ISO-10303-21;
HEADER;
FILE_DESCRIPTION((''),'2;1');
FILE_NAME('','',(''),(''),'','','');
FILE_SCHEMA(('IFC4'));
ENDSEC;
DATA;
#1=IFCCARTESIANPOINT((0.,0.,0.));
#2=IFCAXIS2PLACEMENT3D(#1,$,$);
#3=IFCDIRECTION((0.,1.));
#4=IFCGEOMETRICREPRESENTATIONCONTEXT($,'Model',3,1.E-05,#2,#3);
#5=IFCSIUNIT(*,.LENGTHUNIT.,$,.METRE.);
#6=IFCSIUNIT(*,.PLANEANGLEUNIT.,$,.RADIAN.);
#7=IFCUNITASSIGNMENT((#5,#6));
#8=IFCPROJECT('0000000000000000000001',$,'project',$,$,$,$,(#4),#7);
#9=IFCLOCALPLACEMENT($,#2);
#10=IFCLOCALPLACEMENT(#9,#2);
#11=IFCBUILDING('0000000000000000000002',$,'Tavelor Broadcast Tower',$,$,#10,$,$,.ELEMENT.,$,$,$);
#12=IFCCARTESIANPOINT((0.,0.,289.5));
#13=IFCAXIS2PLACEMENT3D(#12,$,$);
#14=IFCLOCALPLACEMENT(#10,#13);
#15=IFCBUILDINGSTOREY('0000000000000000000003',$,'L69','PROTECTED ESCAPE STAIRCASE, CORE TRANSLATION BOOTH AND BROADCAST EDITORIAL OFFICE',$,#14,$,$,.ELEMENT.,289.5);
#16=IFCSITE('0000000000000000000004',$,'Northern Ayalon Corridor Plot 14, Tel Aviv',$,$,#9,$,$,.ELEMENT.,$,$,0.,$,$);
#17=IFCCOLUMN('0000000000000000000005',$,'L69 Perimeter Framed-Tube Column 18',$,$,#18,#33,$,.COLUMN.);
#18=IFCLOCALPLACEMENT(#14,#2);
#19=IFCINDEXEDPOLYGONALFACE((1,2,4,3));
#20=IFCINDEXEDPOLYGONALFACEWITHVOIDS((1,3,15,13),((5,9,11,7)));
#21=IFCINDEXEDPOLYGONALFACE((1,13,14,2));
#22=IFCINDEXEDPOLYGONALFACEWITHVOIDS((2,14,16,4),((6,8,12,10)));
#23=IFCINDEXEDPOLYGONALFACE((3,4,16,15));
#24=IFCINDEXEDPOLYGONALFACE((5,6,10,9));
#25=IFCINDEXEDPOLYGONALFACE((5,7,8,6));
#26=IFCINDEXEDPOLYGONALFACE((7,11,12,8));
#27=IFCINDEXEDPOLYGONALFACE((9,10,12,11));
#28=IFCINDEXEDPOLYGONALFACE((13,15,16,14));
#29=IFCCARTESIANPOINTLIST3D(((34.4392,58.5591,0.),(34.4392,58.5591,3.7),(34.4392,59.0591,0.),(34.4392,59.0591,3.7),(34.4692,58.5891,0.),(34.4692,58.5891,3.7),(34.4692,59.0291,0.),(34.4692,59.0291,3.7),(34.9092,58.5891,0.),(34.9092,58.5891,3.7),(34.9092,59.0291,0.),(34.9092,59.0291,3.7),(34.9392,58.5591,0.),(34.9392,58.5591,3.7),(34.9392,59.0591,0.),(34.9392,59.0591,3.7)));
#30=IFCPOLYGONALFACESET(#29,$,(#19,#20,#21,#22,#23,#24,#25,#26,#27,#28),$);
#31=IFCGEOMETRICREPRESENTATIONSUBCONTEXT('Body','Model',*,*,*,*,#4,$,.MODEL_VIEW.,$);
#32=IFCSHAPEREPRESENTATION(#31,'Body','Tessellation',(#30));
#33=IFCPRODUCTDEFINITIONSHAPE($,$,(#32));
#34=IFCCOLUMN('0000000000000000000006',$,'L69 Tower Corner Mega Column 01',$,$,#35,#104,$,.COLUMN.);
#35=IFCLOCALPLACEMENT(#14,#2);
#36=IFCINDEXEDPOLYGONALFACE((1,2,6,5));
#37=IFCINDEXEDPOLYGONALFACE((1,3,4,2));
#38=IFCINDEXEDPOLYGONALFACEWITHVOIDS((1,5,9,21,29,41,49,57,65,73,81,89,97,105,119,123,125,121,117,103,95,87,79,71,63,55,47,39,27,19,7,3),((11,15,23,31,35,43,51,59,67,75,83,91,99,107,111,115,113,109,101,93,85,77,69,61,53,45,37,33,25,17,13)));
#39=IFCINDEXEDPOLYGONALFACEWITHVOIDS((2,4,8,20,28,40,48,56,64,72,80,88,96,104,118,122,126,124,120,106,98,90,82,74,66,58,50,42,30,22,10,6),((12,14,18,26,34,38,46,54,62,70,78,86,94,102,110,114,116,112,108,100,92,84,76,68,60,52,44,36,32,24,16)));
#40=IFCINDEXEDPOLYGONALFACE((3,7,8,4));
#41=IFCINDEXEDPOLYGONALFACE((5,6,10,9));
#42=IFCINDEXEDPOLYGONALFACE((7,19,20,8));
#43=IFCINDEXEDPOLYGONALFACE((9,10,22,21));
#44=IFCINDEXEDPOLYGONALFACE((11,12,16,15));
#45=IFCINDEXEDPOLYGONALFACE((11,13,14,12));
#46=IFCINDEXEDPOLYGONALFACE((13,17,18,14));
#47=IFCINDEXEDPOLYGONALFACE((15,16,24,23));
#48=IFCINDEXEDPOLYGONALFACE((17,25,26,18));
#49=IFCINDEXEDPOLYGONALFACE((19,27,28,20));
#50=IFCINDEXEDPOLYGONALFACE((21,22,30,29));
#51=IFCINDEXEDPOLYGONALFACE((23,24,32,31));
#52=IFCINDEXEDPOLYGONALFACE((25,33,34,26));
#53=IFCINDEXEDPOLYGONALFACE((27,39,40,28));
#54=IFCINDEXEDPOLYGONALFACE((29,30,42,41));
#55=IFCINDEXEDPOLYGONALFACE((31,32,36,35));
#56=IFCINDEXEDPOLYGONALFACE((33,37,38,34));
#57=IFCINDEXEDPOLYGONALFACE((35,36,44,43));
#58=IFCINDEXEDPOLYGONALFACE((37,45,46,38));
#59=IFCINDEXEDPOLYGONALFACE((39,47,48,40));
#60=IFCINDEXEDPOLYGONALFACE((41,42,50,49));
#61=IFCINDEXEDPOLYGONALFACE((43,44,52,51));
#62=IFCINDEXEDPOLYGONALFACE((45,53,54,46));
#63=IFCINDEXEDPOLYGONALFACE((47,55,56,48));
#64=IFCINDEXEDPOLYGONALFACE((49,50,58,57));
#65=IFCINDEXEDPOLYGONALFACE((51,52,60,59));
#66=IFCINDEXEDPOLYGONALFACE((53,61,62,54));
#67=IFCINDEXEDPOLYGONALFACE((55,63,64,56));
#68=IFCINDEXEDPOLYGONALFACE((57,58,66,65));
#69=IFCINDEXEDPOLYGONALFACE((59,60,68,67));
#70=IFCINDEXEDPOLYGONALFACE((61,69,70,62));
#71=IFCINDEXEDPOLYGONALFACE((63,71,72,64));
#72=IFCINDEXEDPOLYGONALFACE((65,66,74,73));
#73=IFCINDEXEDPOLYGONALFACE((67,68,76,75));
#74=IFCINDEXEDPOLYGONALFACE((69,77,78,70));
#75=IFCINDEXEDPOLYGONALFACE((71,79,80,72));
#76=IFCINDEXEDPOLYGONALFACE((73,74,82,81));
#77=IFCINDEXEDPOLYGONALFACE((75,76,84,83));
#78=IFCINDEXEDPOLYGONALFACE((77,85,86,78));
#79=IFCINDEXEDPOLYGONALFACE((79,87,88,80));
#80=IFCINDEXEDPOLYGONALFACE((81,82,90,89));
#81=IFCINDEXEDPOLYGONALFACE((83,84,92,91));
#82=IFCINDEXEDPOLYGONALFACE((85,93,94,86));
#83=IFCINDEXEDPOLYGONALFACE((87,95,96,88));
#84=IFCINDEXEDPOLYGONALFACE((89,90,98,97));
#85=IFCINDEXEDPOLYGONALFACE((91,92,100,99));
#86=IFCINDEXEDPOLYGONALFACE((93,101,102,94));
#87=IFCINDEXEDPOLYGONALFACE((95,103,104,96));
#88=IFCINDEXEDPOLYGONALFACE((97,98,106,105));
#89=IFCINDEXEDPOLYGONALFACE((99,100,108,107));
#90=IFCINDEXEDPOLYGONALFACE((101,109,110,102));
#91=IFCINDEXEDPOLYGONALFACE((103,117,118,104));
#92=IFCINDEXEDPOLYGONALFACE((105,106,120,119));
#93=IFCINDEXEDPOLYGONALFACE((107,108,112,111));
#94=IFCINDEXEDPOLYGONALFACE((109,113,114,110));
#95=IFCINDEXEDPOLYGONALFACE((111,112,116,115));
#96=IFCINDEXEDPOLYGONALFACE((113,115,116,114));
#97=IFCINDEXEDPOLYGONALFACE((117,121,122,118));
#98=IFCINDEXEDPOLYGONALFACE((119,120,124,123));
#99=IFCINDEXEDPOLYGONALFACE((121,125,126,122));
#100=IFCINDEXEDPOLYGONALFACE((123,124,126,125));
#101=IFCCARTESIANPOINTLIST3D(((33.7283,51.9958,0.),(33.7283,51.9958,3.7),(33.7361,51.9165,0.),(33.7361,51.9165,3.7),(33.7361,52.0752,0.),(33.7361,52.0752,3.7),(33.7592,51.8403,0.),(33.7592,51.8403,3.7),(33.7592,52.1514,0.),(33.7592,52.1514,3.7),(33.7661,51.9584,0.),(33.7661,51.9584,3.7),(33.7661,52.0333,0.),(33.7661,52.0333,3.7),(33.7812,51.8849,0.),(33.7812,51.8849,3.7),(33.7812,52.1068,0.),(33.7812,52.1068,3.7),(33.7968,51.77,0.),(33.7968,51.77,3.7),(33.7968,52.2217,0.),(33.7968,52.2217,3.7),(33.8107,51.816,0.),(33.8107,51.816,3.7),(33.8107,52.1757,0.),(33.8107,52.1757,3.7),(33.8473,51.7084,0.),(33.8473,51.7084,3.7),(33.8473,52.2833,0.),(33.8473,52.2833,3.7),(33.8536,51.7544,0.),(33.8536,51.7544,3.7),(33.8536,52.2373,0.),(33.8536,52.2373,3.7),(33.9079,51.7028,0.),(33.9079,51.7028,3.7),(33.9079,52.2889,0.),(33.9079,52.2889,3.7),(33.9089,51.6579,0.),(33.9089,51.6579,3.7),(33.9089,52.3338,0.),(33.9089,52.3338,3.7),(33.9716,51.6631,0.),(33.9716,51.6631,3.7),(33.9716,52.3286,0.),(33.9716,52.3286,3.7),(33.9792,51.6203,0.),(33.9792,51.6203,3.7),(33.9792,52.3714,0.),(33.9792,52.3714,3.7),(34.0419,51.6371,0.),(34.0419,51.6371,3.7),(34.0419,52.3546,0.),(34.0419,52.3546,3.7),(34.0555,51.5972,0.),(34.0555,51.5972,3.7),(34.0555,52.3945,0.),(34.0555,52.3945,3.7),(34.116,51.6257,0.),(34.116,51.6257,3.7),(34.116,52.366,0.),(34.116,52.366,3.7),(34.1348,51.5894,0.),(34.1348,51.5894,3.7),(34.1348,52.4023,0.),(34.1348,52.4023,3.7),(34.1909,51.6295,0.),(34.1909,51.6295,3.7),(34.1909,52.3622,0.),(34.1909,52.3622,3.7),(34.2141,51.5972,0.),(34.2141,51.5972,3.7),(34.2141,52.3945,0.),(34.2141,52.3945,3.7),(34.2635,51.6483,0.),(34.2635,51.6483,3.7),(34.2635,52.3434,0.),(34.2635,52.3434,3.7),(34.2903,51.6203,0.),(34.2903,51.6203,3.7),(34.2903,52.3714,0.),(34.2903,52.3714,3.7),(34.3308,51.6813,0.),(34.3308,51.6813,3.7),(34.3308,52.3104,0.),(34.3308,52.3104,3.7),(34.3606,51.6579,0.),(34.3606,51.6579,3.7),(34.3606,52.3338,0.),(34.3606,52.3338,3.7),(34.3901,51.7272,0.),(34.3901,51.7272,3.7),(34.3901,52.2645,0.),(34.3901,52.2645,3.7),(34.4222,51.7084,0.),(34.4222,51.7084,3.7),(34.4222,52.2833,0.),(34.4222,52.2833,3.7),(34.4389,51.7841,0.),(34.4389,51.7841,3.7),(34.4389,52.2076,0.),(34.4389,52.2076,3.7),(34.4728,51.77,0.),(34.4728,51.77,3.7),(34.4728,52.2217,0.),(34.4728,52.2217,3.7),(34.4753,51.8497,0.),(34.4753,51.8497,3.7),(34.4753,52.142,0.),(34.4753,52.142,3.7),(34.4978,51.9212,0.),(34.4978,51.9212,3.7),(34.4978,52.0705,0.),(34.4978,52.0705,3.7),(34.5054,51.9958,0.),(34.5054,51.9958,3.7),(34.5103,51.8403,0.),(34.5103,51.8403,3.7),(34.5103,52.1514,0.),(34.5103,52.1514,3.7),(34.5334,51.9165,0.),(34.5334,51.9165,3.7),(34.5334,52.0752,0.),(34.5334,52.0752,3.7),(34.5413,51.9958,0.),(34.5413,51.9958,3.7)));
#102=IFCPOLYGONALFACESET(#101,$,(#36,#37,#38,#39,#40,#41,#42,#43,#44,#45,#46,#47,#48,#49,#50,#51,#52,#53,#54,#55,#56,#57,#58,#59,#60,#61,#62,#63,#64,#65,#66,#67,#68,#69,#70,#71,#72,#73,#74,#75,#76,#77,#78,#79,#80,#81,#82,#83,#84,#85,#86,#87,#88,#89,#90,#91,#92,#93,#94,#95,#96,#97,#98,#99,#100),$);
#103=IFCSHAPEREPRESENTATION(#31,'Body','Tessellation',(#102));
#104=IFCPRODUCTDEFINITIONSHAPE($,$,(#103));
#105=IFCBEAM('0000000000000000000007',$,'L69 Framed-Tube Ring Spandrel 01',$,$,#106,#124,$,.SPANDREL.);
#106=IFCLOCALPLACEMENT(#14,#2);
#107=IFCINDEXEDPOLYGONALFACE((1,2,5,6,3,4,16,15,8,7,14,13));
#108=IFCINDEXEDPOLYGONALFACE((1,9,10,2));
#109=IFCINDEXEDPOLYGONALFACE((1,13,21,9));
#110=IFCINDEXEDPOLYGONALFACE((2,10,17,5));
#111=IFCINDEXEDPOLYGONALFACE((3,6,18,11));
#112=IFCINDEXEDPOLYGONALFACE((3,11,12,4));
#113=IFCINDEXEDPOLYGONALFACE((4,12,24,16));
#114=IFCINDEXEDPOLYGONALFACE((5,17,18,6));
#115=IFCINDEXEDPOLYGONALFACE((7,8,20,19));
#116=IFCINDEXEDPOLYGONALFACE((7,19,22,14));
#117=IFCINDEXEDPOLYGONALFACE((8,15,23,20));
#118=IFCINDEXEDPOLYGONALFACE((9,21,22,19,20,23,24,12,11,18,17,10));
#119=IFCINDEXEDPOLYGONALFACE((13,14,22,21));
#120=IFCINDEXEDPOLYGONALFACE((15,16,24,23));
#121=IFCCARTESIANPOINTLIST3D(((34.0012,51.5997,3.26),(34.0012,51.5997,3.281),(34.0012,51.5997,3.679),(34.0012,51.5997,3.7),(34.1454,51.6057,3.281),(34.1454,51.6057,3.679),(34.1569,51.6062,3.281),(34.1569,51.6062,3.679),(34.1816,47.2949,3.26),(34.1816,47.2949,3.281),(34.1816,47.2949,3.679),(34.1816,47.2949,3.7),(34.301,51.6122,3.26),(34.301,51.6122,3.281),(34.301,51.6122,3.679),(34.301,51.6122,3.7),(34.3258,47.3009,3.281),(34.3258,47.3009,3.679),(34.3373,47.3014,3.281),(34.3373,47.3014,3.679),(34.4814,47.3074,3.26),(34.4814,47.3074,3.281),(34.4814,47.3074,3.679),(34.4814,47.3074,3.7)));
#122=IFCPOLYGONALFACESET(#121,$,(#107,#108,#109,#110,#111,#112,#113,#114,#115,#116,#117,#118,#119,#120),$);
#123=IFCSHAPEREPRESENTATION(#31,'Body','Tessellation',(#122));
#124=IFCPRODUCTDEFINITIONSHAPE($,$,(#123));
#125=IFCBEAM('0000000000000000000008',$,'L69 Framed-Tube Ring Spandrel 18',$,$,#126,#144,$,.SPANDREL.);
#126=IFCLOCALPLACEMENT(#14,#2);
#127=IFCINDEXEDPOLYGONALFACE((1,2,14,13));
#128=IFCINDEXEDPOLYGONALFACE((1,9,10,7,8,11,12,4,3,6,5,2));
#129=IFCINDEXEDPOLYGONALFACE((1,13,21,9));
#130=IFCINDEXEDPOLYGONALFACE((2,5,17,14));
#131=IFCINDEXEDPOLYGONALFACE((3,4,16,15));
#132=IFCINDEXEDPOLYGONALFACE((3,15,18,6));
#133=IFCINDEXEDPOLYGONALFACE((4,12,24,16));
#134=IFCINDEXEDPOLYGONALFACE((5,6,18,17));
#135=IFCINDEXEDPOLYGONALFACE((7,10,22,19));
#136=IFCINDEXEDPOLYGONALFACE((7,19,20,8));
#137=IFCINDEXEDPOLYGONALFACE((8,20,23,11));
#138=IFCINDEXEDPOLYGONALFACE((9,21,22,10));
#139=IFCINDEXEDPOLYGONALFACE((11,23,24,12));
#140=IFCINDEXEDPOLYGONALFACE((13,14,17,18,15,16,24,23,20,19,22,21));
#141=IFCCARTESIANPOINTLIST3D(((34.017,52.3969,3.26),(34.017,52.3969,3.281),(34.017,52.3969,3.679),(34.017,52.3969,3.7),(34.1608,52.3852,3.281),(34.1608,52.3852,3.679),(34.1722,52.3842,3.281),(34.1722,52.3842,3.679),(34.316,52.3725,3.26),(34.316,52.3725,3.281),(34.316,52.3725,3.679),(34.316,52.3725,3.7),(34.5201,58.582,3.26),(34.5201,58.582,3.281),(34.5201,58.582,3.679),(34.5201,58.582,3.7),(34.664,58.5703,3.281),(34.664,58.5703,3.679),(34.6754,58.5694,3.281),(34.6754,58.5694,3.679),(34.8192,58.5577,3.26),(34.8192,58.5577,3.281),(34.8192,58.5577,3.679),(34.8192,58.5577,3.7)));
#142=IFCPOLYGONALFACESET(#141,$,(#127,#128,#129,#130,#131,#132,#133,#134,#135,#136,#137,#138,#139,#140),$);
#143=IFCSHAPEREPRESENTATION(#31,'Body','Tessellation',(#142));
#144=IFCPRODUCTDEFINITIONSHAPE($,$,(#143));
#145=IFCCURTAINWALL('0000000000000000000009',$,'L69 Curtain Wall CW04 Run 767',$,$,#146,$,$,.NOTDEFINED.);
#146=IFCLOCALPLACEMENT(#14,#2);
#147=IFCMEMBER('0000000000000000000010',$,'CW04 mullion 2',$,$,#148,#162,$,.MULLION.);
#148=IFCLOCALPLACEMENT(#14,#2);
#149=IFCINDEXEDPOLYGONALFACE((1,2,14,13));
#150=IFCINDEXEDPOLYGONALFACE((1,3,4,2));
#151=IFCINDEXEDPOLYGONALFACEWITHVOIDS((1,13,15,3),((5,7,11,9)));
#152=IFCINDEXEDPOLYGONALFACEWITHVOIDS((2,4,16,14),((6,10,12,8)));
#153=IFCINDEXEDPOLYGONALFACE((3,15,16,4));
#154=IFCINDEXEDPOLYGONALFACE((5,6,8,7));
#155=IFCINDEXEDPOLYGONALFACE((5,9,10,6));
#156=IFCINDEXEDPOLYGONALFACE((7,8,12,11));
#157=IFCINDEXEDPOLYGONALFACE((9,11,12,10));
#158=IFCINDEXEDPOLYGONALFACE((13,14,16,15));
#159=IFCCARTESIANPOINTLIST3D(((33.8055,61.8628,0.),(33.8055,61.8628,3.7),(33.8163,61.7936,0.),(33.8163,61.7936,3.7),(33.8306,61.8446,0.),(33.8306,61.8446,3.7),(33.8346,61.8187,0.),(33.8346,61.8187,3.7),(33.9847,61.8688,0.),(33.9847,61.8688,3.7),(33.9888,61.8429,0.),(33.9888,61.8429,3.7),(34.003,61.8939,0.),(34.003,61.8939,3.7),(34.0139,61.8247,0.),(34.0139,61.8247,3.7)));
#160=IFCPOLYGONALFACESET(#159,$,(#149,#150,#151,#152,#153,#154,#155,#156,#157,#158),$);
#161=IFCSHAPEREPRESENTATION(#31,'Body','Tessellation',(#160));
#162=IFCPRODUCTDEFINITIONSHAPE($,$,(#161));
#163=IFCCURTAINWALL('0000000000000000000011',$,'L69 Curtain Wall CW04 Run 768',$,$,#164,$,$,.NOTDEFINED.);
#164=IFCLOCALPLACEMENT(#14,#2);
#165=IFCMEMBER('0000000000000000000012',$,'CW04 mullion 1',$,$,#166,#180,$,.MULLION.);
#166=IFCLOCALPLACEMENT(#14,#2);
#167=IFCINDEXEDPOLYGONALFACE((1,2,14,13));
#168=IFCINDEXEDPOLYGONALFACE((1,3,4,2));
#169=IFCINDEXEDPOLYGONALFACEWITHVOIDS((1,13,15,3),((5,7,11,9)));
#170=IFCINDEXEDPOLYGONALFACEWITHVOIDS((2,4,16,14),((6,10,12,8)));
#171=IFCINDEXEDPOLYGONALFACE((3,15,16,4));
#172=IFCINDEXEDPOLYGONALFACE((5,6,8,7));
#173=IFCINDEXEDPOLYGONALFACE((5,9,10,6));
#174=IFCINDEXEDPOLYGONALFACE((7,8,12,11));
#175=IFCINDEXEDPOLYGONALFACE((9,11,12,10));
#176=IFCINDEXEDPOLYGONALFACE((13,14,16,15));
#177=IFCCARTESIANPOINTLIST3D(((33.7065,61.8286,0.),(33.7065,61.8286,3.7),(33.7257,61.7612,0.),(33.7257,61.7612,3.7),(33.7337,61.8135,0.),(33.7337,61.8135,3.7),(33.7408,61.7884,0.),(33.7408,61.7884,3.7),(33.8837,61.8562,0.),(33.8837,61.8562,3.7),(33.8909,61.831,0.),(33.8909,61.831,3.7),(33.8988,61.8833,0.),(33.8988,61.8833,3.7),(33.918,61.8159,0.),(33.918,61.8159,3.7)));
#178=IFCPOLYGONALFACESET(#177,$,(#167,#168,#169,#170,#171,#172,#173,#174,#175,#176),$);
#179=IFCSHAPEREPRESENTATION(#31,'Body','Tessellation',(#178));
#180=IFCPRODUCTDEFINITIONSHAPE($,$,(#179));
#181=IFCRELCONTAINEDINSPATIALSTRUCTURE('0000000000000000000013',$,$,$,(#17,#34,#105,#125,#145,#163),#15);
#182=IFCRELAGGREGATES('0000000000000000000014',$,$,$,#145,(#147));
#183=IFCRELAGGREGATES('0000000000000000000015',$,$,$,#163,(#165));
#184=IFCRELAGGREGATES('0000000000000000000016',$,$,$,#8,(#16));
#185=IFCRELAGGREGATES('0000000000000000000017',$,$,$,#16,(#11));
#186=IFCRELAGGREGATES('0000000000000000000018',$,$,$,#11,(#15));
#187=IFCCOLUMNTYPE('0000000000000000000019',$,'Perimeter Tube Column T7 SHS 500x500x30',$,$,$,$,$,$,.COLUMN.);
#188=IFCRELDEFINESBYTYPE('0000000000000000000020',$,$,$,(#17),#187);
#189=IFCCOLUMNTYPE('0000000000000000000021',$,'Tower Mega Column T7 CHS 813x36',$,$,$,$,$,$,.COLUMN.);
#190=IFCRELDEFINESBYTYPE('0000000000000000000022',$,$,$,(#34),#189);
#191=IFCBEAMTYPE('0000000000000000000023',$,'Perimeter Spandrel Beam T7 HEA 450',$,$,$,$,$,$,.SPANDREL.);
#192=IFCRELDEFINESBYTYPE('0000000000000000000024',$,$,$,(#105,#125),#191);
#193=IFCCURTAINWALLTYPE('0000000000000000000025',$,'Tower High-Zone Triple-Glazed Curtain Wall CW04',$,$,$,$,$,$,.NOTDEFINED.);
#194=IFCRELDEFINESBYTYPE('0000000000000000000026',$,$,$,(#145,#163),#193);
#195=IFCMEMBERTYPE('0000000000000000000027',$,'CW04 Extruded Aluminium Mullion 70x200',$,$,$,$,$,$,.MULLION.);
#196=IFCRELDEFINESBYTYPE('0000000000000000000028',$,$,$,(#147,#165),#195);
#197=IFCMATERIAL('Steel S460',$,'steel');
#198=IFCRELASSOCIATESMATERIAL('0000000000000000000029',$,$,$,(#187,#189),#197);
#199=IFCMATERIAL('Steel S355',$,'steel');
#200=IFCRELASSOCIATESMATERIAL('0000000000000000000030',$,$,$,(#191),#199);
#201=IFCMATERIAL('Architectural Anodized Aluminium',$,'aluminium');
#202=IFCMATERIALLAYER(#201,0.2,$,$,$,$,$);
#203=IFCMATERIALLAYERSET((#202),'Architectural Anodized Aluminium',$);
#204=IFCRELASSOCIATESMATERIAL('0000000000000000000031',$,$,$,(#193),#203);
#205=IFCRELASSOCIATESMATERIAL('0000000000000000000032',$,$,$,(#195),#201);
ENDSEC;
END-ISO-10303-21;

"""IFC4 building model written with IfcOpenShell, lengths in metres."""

from ifc_helpers import new_model, si_unit, direction, frame, origin, origin_2d, place, context, subcontext, project, spatial, hollow_rectangle, hollow_circle, i_section, extrude, source, transform, mapped, material, layer, layer_set, material_profile, profile_set, type_object, type_shapes, element, aggregate, save


model = new_model("IFC4")

# Units and contexts
model_context = context("Model", 3, precision=1e-05, world=origin(), true_north=direction((0.0, 1.0)))
body_context = subcontext(model_context, "Body", "Model", "MODEL_VIEW")
ifc_project = project(units=[si_unit("LENGTHUNIT", "METRE"), si_unit("PLANEANGLEUNIT", "RADIAN")], contexts=[model_context])

# Site, building, storey
site_placement = place(None, origin())
site = spatial("IfcSite", under=ifc_project, at=site_placement, Name="Northern Ayalon Corridor Plot 14, Tel Aviv", CompositionType="ELEMENT", RefElevation=0.0)
building_placement = place(site_placement, origin())
building = spatial("IfcBuilding", under=site, at=building_placement, Name="Tavelor Broadcast Tower", CompositionType="ELEMENT")
storey_placement = place(building_placement, frame((0.0, 0.0, 289.5)))
storey = spatial("IfcBuildingStorey", under=building, at=storey_placement, Name="L69", Description="PROTECTED ESCAPE STAIRCASE, CORE TRANSLATION BOOTH AND BROADCAST EDITORIAL OFFICE", CompositionType="ELEMENT", Elevation=289.5)

# Columns
ifc_material_1 = material(Name="Steel S460", Category="steel")
ifc_material_profile_1 = material_profile(ifc_material_1, hollow_rectangle(XDim=0.5, YDim=0.5, WallThickness=0.03, at=origin_2d()), Name="SHS 500x500x30")
ifc_profile_set_1 = profile_set([ifc_material_profile_1], Name="Steel S460")
column_type_1 = type_object("IfcColumnType", Name="Perimeter Tube Column T7 SHS 500x500x30", PredefinedType="COLUMN", material=ifc_profile_set_1)
column_1_placement = place(storey_placement, frame((34.6892, 58.8091, 0.0), z_axis=(0.0, 0.0, 1.0), x_axis=(1.0, 0.0, 0.0)))
element("IfcColumn", 1, at=column_1_placement, inside=storey, type_object=column_type_1, Name="L69 Perimeter Framed-Tube Column 18", PredefinedType="COLUMN", context=body_context, shape_type="SweptSolid", body=[
    extrude(hollow_rectangle(XDim=0.5, YDim=0.5, WallThickness=0.03, at=origin_2d()), origin(), (0.0, 0.0, 1.0), 3.7),
])
ifc_material_profile_2 = material_profile(ifc_material_1, hollow_circle(Radius=0.4065, WallThickness=0.0359, at=origin_2d()), Name="CHS 813x36")
ifc_profile_set_2 = profile_set([ifc_material_profile_2], Name="Steel S460")
column_type_2 = type_object("IfcColumnType", Name="Tower Mega Column T7 CHS 813x36", PredefinedType="COLUMN", material=ifc_profile_set_2)
column_2_placement = place(storey_placement, frame((34.1348, 51.9958, 0.0), z_axis=(0.0, 0.0, 1.0), x_axis=(1.0, 0.0, 0.0)))
element("IfcColumn", 2, at=column_2_placement, inside=storey, type_object=column_type_2, Name="L69 Tower Corner Mega Column 01", PredefinedType="COLUMN", context=body_context, shape_type="SweptSolid", body=[
    extrude(hollow_circle(Radius=0.4065, WallThickness=0.0359, at=origin_2d()), origin(), (0.0, 0.0, 1.0), 3.7),
])

# Beams
ifc_material_2 = material(Name="Steel S355", Category="steel")
ifc_material_profile_3 = material_profile(ifc_material_2, i_section(OverallWidth=0.3, OverallDepth=0.4399, WebThickness=0.0115, FlangeThickness=0.021, at=origin_2d()), Name="HEA 450")
ifc_profile_set_3 = profile_set([ifc_material_profile_3], Name="Steel S355")
beam_type = type_object("IfcBeamType", Name="Perimeter Spandrel Beam T7 HEA 450", PredefinedType="SPANDREL", material=ifc_profile_set_3)
beam_1_placement = place(storey_placement, frame((34.1511, 51.606, 3.48), z_axis=(0.041873, -0.999123, 0.0), x_axis=(0.999123, 0.041873, 0.0)))
element("IfcBeam", 3, at=beam_1_placement, inside=storey, type_object=beam_type, Name="L69 Framed-Tube Ring Spandrel 01", PredefinedType="SPANDREL", context=body_context, shape_type="SweptSolid", body=[
    extrude(i_section(OverallWidth=0.3, OverallDepth=0.4399, WebThickness=0.0115, FlangeThickness=0.021, at=origin_2d()), origin(), (0.0, 0.0, 1.0), 4.3086),
])
beam_2_placement = place(storey_placement, frame((34.6697, 58.5698, 3.48), z_axis=(-0.081085, -0.996707, 0.0), x_axis=(0.996707, -0.081085, 0.0)))
element("IfcBeam", 4, at=beam_2_placement, inside=storey, type_object=beam_type, Name="L69 Framed-Tube Ring Spandrel 18", PredefinedType="SPANDREL", context=body_context, shape_type="SweptSolid", body=[
    extrude(i_section(OverallWidth=0.3, OverallDepth=0.4399, WebThickness=0.0115, FlangeThickness=0.021, at=origin_2d()), origin(), (0.0, 0.0, 1.0), 6.2056),
])

# Curtain wall, member
ifc_material_3 = material(Name="Architectural Anodized Aluminium", Category="aluminium")
ifc_layer_1 = layer(ifc_material_3, 0.2)
ifc_layer_set_1 = layer_set([ifc_layer_1], Name="Architectural Anodized Aluminium")
curtain_wall_type = type_object("IfcCurtainWallType", Name="Tower High-Zone Triple-Glazed Curtain Wall CW04", PredefinedType="NOTDEFINED", material=ifc_layer_set_1)
curtain_wall_1_placement = place(storey_placement, origin())
curtain_wall_1 = element("IfcCurtainWall", 5, at=curtain_wall_1_placement, inside=storey, type_object=curtain_wall_type, Name="L69 Curtain Wall CW04 Run 767", PredefinedType="NOTDEFINED")
ifc_material_profile_4 = material_profile(ifc_material_3, hollow_rectangle(XDim=0.0701, YDim=0.2, WallThickness=0.022, at=origin_2d()), Name="RHS 70x200x22")
ifc_profile_set_4 = profile_set([ifc_material_profile_4], Name="Architectural Anodized Aluminium")
member_type_1 = type_object("IfcMemberType", Name="CW04 Extruded Aluminium Mullion 70x200", PredefinedType="MULLION", material=ifc_profile_set_4)
shared_shape_1 = source(origin(), body_context, "Body", "SweptSolid", [
    extrude(hollow_rectangle(XDim=0.0701, YDim=0.2, WallThickness=0.022, at=origin_2d()), origin(), (0.0, 0.0, 1.0), 3.7),
])
type_shapes(member_type_1, [shared_shape_1])
member_1_placement = place(storey_placement, frame((33.9097, 61.8438, 0.0), z_axis=(0.0, 0.0, 1.0), x_axis=(0.155152, -0.987891, 0.0)))
member_1 = element("IfcMember", 6, at=member_1_placement, type_object=member_type_1, Name="CW04 mullion 2", PredefinedType="MULLION", context=body_context, shape_type="MappedRepresentation", body=[
    mapped(shared_shape_1, transform((0.0, 0.0, 0.0), scale=1.0)),
])
aggregate(curtain_wall_1, [member_1])

# Curtain wall, member
curtain_wall_2_placement = place(storey_placement, origin())
curtain_wall_2 = element("IfcCurtainWall", 7, at=curtain_wall_2_placement, inside=storey, type_object=curtain_wall_type, Name="L69 Curtain Wall CW04 Run 768", PredefinedType="NOTDEFINED")
member_2_placement = place(storey_placement, frame((33.8123, 61.8223, 0.0), z_axis=(0.0, 0.0, 1.0), x_axis=(0.273567, -0.961853, 0.0)))
member_2 = element("IfcMember", 8, at=member_2_placement, type_object=member_type_1, Name="CW04 mullion 1", PredefinedType="MULLION", context=body_context, shape_type="MappedRepresentation", body=[
    mapped(shared_shape_1, transform((0.0, 0.0, 0.0), scale=1.0)),
])

aggregate(curtain_wall_2, [member_2])

save(model, "model.ifc")
